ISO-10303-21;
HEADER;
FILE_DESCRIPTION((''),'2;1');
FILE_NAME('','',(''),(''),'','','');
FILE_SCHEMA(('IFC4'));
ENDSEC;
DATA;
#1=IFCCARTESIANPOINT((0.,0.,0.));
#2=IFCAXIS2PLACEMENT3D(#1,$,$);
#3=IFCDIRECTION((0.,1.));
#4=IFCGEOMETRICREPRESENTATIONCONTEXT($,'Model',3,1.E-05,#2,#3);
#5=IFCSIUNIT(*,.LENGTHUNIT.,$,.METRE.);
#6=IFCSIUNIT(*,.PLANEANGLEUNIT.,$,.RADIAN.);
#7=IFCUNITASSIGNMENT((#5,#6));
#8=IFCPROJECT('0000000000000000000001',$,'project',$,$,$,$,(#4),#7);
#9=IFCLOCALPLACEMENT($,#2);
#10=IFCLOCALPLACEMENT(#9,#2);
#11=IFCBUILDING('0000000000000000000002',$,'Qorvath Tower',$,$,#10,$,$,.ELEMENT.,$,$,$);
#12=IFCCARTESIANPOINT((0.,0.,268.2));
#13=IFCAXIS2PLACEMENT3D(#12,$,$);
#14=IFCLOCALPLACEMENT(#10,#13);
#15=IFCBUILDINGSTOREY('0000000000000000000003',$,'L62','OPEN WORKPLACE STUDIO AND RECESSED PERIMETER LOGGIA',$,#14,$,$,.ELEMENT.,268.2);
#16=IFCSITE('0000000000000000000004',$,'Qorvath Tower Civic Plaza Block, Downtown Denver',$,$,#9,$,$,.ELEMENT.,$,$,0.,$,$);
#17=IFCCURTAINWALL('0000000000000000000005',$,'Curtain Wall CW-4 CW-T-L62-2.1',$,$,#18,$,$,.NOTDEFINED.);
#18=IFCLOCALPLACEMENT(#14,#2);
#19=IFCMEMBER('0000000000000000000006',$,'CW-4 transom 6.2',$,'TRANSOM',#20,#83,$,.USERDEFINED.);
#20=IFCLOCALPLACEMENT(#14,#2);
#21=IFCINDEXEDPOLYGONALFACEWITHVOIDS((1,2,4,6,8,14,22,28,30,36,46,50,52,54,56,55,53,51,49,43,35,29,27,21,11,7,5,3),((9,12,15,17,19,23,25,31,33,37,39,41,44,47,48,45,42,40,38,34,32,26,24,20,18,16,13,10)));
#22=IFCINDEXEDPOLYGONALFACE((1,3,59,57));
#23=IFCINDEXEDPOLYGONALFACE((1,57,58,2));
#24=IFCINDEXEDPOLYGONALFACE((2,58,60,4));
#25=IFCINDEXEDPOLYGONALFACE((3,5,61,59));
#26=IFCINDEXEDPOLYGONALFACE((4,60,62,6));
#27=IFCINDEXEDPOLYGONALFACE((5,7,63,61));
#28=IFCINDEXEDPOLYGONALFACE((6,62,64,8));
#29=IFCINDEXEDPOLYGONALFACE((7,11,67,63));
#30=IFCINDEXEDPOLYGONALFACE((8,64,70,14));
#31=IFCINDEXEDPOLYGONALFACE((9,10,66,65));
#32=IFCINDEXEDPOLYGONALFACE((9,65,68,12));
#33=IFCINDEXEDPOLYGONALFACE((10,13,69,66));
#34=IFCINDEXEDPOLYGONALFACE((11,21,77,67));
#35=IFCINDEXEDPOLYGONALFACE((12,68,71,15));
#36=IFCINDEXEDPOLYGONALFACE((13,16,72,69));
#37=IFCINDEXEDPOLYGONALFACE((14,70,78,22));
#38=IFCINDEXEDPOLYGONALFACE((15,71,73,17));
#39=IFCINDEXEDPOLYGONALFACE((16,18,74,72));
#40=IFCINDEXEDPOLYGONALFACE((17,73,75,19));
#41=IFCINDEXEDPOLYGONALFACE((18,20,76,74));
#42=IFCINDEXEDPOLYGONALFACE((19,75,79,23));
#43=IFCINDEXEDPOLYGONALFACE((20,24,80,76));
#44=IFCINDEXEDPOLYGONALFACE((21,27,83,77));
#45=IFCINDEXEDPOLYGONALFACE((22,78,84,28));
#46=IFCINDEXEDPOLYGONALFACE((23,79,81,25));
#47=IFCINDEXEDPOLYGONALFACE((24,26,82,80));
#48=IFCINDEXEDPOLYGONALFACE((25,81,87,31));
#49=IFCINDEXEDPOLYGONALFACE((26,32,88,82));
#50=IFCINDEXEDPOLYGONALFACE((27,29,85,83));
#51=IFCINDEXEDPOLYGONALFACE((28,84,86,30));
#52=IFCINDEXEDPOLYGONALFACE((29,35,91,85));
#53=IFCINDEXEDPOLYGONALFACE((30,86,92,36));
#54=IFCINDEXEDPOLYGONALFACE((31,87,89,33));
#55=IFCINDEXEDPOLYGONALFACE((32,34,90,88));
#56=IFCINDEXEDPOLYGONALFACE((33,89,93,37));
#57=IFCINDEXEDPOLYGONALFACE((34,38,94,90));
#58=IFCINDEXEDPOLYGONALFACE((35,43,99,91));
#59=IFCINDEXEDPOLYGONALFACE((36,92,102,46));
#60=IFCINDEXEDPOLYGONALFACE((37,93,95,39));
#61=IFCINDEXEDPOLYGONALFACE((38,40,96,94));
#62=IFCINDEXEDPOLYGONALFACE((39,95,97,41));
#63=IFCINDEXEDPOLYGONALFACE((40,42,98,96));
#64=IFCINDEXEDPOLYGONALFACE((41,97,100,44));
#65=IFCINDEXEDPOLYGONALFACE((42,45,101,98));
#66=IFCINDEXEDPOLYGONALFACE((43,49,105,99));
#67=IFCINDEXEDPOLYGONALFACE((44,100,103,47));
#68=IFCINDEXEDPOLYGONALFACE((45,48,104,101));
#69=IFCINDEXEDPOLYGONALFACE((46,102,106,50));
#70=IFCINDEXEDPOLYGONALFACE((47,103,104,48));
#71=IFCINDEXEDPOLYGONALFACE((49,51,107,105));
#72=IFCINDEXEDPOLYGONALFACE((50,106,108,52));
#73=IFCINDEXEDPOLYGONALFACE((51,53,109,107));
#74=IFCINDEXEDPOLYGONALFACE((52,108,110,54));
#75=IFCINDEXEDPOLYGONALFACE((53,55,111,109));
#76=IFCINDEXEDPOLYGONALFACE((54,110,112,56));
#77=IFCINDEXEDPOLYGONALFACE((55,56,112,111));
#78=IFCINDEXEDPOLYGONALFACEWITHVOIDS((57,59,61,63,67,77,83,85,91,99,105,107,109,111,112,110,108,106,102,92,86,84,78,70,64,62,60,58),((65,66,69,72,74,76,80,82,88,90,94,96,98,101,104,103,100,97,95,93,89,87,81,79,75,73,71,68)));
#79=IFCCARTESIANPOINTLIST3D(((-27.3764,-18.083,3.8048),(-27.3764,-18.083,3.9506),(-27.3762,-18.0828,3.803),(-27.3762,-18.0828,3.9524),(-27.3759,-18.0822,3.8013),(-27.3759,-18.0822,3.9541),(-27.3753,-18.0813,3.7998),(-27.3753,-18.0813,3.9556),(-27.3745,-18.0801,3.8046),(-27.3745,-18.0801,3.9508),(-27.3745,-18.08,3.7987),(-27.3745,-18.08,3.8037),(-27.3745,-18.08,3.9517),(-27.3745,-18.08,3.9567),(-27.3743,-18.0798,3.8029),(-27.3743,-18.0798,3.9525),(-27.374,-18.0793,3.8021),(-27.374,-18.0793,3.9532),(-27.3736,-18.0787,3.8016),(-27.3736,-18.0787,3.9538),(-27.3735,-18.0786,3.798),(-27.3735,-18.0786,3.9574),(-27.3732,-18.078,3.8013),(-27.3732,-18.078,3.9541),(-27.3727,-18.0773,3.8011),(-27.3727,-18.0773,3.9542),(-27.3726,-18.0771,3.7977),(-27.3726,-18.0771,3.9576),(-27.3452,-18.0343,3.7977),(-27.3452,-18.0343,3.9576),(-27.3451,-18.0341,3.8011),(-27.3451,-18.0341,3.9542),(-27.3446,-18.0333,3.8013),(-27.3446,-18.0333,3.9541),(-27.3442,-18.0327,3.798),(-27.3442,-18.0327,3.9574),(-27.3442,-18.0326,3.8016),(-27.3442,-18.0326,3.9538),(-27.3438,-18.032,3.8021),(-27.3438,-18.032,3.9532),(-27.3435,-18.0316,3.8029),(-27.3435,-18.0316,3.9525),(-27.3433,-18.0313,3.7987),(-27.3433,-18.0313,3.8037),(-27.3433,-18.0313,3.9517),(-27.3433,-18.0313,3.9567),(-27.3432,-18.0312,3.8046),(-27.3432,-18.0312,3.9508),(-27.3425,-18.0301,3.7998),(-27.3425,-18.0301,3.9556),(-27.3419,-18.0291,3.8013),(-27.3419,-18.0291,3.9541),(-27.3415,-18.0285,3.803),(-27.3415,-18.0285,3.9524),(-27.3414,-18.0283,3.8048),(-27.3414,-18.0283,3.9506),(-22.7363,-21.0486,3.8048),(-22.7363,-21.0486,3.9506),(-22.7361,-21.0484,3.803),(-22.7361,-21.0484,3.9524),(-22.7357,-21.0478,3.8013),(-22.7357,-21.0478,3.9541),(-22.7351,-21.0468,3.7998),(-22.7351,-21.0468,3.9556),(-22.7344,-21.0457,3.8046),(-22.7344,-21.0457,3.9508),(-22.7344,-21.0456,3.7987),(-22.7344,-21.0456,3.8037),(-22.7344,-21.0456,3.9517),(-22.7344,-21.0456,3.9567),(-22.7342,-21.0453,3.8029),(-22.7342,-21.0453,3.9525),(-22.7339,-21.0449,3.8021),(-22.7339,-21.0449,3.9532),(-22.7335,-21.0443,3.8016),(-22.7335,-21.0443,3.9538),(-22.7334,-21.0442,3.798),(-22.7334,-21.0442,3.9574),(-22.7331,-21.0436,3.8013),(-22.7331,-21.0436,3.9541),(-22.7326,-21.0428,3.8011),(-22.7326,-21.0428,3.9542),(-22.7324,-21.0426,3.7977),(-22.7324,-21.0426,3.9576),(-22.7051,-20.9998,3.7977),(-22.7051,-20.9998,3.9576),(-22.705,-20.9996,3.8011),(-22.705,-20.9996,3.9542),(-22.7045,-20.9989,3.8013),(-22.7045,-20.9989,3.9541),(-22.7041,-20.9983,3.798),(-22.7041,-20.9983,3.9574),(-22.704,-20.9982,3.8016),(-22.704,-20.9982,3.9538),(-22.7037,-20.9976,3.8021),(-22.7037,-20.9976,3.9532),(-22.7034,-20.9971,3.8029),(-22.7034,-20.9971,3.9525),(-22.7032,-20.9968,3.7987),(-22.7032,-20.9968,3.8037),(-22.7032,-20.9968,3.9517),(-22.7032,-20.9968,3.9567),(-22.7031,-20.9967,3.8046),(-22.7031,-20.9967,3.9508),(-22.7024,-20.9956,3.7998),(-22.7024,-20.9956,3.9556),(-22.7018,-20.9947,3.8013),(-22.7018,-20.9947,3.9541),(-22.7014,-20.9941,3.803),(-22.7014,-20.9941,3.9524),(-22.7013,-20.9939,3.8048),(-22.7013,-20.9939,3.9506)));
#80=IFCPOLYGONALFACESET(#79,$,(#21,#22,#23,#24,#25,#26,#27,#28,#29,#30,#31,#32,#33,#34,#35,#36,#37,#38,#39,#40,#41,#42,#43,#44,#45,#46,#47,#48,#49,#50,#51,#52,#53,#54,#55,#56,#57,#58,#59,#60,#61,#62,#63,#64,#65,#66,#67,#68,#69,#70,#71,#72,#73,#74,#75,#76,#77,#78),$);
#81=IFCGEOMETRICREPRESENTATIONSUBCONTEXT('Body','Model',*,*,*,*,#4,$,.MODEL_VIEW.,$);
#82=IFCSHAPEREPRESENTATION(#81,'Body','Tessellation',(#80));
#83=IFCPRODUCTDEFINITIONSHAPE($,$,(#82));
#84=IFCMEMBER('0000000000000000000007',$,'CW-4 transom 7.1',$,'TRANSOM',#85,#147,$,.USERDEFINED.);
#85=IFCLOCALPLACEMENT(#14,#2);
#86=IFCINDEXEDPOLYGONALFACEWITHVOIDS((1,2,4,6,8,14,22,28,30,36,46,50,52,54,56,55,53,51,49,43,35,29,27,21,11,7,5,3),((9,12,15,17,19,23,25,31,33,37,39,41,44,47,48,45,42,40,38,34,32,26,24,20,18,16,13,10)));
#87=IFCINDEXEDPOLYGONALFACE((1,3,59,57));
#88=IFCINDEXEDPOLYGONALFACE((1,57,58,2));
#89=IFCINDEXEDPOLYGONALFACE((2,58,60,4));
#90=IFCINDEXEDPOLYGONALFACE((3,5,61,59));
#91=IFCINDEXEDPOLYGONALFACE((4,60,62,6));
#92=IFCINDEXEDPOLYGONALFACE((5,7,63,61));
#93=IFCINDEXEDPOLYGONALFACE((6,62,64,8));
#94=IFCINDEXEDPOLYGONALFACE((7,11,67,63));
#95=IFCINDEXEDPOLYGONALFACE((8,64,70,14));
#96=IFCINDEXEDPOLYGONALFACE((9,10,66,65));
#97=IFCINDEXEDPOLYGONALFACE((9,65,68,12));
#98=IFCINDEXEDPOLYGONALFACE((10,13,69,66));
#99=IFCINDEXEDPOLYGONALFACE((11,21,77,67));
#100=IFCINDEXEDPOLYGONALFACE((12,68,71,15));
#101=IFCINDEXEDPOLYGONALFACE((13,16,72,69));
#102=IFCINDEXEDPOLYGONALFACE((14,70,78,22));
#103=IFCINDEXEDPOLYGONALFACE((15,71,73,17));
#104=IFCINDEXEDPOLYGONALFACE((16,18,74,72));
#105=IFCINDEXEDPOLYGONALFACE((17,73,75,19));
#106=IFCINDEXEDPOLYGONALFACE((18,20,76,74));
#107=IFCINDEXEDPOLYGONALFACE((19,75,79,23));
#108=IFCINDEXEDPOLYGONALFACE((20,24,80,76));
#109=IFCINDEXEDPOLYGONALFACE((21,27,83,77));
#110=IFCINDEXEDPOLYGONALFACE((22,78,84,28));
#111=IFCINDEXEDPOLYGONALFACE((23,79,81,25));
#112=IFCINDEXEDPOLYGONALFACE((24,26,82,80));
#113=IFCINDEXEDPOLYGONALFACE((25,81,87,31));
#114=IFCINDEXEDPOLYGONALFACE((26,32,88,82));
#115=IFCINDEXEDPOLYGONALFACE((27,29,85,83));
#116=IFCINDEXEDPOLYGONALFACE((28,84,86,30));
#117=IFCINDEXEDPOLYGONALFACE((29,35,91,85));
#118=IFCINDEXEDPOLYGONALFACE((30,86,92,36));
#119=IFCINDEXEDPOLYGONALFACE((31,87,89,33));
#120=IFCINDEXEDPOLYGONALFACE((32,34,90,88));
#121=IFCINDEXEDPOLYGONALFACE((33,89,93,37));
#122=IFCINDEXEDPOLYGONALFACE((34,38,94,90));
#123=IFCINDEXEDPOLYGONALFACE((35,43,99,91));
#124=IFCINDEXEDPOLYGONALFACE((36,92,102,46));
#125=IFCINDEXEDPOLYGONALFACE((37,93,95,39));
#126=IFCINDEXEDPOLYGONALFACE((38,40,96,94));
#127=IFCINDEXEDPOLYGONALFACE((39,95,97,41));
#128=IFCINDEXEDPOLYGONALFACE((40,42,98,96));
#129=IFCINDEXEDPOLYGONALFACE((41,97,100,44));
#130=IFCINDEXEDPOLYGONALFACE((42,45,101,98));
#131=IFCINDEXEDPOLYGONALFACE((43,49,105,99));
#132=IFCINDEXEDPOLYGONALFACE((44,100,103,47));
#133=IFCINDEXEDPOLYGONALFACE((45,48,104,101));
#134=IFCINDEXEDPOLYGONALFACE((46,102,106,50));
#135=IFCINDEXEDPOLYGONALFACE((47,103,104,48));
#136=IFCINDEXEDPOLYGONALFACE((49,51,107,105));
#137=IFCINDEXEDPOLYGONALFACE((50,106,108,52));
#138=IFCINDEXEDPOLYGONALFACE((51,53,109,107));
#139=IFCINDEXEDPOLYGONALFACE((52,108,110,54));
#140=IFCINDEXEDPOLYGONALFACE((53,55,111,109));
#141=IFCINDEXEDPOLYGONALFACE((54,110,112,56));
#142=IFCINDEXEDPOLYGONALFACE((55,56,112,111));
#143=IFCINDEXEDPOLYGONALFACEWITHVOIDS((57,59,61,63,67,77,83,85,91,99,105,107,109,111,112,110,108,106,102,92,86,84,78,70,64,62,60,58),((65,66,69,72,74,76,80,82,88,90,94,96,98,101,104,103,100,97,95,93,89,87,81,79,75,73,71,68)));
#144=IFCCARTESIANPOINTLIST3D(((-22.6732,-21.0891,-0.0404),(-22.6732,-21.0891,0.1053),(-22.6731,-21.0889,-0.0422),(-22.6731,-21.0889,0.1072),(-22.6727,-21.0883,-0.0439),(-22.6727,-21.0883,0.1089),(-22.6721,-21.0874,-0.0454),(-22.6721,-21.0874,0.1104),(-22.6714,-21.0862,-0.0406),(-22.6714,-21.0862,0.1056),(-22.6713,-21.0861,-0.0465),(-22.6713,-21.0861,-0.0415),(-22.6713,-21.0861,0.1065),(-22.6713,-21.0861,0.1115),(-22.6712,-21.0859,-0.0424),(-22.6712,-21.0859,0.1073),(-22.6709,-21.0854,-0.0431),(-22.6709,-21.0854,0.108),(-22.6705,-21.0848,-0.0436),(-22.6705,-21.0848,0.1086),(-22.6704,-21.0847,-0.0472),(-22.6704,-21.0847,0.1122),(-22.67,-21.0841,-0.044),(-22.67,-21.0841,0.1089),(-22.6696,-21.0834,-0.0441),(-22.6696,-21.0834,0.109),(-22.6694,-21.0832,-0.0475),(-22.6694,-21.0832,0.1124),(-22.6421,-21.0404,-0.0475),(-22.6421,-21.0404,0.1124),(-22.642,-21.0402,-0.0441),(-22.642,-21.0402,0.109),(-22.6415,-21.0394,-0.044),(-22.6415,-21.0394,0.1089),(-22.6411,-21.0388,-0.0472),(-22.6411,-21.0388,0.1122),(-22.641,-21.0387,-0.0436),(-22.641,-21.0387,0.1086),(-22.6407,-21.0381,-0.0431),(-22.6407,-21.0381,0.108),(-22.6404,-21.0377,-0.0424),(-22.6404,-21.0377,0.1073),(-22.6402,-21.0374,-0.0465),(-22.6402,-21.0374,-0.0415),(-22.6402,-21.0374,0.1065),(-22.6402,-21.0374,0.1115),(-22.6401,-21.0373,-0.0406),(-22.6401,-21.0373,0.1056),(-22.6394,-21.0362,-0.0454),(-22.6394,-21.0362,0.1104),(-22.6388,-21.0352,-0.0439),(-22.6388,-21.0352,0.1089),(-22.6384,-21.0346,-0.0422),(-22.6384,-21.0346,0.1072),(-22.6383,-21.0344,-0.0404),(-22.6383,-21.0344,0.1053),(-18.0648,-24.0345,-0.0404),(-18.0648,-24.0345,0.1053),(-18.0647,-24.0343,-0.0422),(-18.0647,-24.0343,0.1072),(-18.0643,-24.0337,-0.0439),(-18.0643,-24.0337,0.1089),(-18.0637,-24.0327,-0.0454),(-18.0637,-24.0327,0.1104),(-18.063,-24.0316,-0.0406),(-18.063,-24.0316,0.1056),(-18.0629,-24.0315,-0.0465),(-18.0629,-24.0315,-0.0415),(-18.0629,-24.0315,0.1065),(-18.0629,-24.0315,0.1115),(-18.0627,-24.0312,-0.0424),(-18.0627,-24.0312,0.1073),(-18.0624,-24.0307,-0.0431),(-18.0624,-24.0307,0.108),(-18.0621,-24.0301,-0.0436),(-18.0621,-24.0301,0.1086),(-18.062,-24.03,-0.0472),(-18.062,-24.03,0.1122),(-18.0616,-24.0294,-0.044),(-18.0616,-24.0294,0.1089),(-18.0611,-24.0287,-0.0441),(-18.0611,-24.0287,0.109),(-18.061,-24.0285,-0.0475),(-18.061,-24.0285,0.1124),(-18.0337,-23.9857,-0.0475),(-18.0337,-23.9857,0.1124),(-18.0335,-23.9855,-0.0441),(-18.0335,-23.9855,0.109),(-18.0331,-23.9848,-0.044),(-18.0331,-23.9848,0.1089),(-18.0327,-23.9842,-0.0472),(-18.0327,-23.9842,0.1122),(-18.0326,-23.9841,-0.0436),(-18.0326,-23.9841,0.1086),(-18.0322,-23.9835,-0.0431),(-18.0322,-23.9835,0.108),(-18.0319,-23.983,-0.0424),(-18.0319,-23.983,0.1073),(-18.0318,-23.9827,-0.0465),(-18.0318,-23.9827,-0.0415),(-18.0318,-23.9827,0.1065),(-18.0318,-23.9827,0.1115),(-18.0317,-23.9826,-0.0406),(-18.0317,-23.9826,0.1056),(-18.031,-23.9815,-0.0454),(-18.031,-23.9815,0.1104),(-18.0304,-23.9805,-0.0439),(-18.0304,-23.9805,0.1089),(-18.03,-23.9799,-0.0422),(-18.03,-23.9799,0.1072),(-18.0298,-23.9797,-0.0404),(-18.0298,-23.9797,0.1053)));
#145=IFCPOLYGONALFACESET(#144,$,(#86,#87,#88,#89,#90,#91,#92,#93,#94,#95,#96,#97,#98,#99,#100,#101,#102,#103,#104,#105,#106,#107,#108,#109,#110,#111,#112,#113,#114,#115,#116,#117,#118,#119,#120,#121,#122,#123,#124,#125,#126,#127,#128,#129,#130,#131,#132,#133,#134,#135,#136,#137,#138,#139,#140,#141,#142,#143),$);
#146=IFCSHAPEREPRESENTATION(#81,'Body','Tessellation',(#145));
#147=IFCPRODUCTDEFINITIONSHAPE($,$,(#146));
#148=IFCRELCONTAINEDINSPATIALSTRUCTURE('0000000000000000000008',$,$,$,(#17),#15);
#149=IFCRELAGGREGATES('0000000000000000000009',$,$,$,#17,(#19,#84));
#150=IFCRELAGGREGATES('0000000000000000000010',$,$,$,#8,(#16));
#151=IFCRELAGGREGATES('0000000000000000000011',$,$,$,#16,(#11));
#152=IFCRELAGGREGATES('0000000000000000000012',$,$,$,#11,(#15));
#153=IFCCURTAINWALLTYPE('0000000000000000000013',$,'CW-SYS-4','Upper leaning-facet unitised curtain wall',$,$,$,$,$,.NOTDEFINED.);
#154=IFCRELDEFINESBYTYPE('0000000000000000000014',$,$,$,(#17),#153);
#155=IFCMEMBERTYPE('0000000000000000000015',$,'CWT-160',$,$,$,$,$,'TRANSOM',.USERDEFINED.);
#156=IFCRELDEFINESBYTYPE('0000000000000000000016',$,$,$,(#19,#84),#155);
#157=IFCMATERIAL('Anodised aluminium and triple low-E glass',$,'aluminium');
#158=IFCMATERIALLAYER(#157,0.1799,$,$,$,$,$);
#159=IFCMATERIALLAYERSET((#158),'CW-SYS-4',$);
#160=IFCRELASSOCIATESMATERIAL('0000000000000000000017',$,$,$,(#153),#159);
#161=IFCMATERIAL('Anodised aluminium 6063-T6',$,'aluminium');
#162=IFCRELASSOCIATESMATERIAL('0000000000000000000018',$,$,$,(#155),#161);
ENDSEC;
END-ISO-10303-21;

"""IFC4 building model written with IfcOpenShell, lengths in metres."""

from ifc_helpers import new_model, si_unit, direction, frame, origin, origin_2d, place, context, subcontext, project, spatial, hollow_rectangle, extrude, material, layer, layer_set, material_profile, profile_set, type_object, element, aggregate, save


model = new_model("IFC4")

# Units and contexts
model_context = context("Model", 3, precision=1e-05, world=origin(), true_north=direction((0.0, 1.0)))
body_context = subcontext(model_context, "Body", "Model", "MODEL_VIEW")
ifc_project = project(units=[si_unit("LENGTHUNIT", "METRE"), si_unit("PLANEANGLEUNIT", "RADIAN")], contexts=[model_context])

# Site, building, storey
site_placement = place(None, origin())
site = spatial("IfcSite", under=ifc_project, at=site_placement, Name="Qorvath Tower Civic Plaza Block, Downtown Denver", CompositionType="ELEMENT", RefElevation=0.0)
building_placement = place(site_placement, origin())
building = spatial("IfcBuilding", under=site, at=building_placement, Name="Qorvath Tower", CompositionType="ELEMENT")
storey_placement = place(building_placement, frame((0.0, 0.0, 268.2)))
storey = spatial("IfcBuildingStorey", under=building, at=storey_placement, Name="L62", Description="OPEN WORKPLACE STUDIO AND RECESSED PERIMETER LOGGIA", CompositionType="ELEMENT", Elevation=268.2)

# Curtain wall, members
ifc_material_1 = material(Name="Anodised aluminium and triple low-E glass", Category="aluminium")
ifc_layer_1 = layer(ifc_material_1, 0.1799)
ifc_layer_set_1 = layer_set([ifc_layer_1], Name="CW-SYS-4")
curtain_wall_type = type_object("IfcCurtainWallType", Name="CW-SYS-4", Description="Upper leaning-facet unitised curtain wall", PredefinedType="NOTDEFINED", material=ifc_layer_set_1)
curtain_wall_placement = place(storey_placement, origin())
curtain_wall = element("IfcCurtainWall", 1, at=curtain_wall_placement, inside=storey, type_object=curtain_wall_type, Name="Curtain Wall CW-4 CW-T-L62-2.1", PredefinedType="NOTDEFINED")
ifc_material_2 = material(Name="Anodised aluminium 6063-T6", Category="aluminium")
ifc_material_profile_1 = material_profile(ifc_material_2, hollow_rectangle(XDim=0.0649, YDim=0.1599, WallThickness=0.0034, InnerFilletRadius=0.0034, OuterFilletRadius=0.0071, at=origin_2d()), Name="CWT 160x65")
ifc_profile_set_1 = profile_set([ifc_material_profile_1], Name="Anodised aluminium 6063-T6")
member_type_1 = type_object("IfcMemberType", Name="CWT-160", ElementType="TRANSOM", PredefinedType="USERDEFINED", material=ifc_profile_set_1)
member_1_placement = place(storey_placement, frame((-27.3589, -18.0557, 3.8777), z_axis=(0.84261, -0.538524, 0.0), x_axis=(0.538524, 0.84261, 0.0)))
member_1 = element("IfcMember", 2, at=member_1_placement, type_object=member_type_1, Name="CW-4 transom 6.2", ObjectType="TRANSOM", PredefinedType="USERDEFINED", context=body_context, shape_type="SweptSolid", body=[
    extrude(hollow_rectangle(XDim=0.0649, YDim=0.1599, WallThickness=0.0034, InnerFilletRadius=0.0034, OuterFilletRadius=0.0071, at=origin_2d()), origin(), (0.0, 0.0, 1.0), 5.5068),
])
member_2_placement = place(storey_placement, frame((-22.6558, -21.0618, 0.0325), z_axis=(0.842608, -0.538527, 0.0), x_axis=(0.538527, 0.842608, 0.0)))
member_2 = element("IfcMember", 3, at=member_2_placement, type_object=member_type_1, Name="CW-4 transom 7.1", ObjectType="TRANSOM", PredefinedType="USERDEFINED", context=body_context, shape_type="SweptSolid", body=[
    extrude(hollow_rectangle(XDim=0.0649, YDim=0.1599, WallThickness=0.0034, InnerFilletRadius=0.0034, OuterFilletRadius=0.0071, at=origin_2d()), origin(), (0.0, 0.0, 1.0), 5.4692),
])
aggregate(curtain_wall, [member_1, member_2])

save(model, "model.ifc")
